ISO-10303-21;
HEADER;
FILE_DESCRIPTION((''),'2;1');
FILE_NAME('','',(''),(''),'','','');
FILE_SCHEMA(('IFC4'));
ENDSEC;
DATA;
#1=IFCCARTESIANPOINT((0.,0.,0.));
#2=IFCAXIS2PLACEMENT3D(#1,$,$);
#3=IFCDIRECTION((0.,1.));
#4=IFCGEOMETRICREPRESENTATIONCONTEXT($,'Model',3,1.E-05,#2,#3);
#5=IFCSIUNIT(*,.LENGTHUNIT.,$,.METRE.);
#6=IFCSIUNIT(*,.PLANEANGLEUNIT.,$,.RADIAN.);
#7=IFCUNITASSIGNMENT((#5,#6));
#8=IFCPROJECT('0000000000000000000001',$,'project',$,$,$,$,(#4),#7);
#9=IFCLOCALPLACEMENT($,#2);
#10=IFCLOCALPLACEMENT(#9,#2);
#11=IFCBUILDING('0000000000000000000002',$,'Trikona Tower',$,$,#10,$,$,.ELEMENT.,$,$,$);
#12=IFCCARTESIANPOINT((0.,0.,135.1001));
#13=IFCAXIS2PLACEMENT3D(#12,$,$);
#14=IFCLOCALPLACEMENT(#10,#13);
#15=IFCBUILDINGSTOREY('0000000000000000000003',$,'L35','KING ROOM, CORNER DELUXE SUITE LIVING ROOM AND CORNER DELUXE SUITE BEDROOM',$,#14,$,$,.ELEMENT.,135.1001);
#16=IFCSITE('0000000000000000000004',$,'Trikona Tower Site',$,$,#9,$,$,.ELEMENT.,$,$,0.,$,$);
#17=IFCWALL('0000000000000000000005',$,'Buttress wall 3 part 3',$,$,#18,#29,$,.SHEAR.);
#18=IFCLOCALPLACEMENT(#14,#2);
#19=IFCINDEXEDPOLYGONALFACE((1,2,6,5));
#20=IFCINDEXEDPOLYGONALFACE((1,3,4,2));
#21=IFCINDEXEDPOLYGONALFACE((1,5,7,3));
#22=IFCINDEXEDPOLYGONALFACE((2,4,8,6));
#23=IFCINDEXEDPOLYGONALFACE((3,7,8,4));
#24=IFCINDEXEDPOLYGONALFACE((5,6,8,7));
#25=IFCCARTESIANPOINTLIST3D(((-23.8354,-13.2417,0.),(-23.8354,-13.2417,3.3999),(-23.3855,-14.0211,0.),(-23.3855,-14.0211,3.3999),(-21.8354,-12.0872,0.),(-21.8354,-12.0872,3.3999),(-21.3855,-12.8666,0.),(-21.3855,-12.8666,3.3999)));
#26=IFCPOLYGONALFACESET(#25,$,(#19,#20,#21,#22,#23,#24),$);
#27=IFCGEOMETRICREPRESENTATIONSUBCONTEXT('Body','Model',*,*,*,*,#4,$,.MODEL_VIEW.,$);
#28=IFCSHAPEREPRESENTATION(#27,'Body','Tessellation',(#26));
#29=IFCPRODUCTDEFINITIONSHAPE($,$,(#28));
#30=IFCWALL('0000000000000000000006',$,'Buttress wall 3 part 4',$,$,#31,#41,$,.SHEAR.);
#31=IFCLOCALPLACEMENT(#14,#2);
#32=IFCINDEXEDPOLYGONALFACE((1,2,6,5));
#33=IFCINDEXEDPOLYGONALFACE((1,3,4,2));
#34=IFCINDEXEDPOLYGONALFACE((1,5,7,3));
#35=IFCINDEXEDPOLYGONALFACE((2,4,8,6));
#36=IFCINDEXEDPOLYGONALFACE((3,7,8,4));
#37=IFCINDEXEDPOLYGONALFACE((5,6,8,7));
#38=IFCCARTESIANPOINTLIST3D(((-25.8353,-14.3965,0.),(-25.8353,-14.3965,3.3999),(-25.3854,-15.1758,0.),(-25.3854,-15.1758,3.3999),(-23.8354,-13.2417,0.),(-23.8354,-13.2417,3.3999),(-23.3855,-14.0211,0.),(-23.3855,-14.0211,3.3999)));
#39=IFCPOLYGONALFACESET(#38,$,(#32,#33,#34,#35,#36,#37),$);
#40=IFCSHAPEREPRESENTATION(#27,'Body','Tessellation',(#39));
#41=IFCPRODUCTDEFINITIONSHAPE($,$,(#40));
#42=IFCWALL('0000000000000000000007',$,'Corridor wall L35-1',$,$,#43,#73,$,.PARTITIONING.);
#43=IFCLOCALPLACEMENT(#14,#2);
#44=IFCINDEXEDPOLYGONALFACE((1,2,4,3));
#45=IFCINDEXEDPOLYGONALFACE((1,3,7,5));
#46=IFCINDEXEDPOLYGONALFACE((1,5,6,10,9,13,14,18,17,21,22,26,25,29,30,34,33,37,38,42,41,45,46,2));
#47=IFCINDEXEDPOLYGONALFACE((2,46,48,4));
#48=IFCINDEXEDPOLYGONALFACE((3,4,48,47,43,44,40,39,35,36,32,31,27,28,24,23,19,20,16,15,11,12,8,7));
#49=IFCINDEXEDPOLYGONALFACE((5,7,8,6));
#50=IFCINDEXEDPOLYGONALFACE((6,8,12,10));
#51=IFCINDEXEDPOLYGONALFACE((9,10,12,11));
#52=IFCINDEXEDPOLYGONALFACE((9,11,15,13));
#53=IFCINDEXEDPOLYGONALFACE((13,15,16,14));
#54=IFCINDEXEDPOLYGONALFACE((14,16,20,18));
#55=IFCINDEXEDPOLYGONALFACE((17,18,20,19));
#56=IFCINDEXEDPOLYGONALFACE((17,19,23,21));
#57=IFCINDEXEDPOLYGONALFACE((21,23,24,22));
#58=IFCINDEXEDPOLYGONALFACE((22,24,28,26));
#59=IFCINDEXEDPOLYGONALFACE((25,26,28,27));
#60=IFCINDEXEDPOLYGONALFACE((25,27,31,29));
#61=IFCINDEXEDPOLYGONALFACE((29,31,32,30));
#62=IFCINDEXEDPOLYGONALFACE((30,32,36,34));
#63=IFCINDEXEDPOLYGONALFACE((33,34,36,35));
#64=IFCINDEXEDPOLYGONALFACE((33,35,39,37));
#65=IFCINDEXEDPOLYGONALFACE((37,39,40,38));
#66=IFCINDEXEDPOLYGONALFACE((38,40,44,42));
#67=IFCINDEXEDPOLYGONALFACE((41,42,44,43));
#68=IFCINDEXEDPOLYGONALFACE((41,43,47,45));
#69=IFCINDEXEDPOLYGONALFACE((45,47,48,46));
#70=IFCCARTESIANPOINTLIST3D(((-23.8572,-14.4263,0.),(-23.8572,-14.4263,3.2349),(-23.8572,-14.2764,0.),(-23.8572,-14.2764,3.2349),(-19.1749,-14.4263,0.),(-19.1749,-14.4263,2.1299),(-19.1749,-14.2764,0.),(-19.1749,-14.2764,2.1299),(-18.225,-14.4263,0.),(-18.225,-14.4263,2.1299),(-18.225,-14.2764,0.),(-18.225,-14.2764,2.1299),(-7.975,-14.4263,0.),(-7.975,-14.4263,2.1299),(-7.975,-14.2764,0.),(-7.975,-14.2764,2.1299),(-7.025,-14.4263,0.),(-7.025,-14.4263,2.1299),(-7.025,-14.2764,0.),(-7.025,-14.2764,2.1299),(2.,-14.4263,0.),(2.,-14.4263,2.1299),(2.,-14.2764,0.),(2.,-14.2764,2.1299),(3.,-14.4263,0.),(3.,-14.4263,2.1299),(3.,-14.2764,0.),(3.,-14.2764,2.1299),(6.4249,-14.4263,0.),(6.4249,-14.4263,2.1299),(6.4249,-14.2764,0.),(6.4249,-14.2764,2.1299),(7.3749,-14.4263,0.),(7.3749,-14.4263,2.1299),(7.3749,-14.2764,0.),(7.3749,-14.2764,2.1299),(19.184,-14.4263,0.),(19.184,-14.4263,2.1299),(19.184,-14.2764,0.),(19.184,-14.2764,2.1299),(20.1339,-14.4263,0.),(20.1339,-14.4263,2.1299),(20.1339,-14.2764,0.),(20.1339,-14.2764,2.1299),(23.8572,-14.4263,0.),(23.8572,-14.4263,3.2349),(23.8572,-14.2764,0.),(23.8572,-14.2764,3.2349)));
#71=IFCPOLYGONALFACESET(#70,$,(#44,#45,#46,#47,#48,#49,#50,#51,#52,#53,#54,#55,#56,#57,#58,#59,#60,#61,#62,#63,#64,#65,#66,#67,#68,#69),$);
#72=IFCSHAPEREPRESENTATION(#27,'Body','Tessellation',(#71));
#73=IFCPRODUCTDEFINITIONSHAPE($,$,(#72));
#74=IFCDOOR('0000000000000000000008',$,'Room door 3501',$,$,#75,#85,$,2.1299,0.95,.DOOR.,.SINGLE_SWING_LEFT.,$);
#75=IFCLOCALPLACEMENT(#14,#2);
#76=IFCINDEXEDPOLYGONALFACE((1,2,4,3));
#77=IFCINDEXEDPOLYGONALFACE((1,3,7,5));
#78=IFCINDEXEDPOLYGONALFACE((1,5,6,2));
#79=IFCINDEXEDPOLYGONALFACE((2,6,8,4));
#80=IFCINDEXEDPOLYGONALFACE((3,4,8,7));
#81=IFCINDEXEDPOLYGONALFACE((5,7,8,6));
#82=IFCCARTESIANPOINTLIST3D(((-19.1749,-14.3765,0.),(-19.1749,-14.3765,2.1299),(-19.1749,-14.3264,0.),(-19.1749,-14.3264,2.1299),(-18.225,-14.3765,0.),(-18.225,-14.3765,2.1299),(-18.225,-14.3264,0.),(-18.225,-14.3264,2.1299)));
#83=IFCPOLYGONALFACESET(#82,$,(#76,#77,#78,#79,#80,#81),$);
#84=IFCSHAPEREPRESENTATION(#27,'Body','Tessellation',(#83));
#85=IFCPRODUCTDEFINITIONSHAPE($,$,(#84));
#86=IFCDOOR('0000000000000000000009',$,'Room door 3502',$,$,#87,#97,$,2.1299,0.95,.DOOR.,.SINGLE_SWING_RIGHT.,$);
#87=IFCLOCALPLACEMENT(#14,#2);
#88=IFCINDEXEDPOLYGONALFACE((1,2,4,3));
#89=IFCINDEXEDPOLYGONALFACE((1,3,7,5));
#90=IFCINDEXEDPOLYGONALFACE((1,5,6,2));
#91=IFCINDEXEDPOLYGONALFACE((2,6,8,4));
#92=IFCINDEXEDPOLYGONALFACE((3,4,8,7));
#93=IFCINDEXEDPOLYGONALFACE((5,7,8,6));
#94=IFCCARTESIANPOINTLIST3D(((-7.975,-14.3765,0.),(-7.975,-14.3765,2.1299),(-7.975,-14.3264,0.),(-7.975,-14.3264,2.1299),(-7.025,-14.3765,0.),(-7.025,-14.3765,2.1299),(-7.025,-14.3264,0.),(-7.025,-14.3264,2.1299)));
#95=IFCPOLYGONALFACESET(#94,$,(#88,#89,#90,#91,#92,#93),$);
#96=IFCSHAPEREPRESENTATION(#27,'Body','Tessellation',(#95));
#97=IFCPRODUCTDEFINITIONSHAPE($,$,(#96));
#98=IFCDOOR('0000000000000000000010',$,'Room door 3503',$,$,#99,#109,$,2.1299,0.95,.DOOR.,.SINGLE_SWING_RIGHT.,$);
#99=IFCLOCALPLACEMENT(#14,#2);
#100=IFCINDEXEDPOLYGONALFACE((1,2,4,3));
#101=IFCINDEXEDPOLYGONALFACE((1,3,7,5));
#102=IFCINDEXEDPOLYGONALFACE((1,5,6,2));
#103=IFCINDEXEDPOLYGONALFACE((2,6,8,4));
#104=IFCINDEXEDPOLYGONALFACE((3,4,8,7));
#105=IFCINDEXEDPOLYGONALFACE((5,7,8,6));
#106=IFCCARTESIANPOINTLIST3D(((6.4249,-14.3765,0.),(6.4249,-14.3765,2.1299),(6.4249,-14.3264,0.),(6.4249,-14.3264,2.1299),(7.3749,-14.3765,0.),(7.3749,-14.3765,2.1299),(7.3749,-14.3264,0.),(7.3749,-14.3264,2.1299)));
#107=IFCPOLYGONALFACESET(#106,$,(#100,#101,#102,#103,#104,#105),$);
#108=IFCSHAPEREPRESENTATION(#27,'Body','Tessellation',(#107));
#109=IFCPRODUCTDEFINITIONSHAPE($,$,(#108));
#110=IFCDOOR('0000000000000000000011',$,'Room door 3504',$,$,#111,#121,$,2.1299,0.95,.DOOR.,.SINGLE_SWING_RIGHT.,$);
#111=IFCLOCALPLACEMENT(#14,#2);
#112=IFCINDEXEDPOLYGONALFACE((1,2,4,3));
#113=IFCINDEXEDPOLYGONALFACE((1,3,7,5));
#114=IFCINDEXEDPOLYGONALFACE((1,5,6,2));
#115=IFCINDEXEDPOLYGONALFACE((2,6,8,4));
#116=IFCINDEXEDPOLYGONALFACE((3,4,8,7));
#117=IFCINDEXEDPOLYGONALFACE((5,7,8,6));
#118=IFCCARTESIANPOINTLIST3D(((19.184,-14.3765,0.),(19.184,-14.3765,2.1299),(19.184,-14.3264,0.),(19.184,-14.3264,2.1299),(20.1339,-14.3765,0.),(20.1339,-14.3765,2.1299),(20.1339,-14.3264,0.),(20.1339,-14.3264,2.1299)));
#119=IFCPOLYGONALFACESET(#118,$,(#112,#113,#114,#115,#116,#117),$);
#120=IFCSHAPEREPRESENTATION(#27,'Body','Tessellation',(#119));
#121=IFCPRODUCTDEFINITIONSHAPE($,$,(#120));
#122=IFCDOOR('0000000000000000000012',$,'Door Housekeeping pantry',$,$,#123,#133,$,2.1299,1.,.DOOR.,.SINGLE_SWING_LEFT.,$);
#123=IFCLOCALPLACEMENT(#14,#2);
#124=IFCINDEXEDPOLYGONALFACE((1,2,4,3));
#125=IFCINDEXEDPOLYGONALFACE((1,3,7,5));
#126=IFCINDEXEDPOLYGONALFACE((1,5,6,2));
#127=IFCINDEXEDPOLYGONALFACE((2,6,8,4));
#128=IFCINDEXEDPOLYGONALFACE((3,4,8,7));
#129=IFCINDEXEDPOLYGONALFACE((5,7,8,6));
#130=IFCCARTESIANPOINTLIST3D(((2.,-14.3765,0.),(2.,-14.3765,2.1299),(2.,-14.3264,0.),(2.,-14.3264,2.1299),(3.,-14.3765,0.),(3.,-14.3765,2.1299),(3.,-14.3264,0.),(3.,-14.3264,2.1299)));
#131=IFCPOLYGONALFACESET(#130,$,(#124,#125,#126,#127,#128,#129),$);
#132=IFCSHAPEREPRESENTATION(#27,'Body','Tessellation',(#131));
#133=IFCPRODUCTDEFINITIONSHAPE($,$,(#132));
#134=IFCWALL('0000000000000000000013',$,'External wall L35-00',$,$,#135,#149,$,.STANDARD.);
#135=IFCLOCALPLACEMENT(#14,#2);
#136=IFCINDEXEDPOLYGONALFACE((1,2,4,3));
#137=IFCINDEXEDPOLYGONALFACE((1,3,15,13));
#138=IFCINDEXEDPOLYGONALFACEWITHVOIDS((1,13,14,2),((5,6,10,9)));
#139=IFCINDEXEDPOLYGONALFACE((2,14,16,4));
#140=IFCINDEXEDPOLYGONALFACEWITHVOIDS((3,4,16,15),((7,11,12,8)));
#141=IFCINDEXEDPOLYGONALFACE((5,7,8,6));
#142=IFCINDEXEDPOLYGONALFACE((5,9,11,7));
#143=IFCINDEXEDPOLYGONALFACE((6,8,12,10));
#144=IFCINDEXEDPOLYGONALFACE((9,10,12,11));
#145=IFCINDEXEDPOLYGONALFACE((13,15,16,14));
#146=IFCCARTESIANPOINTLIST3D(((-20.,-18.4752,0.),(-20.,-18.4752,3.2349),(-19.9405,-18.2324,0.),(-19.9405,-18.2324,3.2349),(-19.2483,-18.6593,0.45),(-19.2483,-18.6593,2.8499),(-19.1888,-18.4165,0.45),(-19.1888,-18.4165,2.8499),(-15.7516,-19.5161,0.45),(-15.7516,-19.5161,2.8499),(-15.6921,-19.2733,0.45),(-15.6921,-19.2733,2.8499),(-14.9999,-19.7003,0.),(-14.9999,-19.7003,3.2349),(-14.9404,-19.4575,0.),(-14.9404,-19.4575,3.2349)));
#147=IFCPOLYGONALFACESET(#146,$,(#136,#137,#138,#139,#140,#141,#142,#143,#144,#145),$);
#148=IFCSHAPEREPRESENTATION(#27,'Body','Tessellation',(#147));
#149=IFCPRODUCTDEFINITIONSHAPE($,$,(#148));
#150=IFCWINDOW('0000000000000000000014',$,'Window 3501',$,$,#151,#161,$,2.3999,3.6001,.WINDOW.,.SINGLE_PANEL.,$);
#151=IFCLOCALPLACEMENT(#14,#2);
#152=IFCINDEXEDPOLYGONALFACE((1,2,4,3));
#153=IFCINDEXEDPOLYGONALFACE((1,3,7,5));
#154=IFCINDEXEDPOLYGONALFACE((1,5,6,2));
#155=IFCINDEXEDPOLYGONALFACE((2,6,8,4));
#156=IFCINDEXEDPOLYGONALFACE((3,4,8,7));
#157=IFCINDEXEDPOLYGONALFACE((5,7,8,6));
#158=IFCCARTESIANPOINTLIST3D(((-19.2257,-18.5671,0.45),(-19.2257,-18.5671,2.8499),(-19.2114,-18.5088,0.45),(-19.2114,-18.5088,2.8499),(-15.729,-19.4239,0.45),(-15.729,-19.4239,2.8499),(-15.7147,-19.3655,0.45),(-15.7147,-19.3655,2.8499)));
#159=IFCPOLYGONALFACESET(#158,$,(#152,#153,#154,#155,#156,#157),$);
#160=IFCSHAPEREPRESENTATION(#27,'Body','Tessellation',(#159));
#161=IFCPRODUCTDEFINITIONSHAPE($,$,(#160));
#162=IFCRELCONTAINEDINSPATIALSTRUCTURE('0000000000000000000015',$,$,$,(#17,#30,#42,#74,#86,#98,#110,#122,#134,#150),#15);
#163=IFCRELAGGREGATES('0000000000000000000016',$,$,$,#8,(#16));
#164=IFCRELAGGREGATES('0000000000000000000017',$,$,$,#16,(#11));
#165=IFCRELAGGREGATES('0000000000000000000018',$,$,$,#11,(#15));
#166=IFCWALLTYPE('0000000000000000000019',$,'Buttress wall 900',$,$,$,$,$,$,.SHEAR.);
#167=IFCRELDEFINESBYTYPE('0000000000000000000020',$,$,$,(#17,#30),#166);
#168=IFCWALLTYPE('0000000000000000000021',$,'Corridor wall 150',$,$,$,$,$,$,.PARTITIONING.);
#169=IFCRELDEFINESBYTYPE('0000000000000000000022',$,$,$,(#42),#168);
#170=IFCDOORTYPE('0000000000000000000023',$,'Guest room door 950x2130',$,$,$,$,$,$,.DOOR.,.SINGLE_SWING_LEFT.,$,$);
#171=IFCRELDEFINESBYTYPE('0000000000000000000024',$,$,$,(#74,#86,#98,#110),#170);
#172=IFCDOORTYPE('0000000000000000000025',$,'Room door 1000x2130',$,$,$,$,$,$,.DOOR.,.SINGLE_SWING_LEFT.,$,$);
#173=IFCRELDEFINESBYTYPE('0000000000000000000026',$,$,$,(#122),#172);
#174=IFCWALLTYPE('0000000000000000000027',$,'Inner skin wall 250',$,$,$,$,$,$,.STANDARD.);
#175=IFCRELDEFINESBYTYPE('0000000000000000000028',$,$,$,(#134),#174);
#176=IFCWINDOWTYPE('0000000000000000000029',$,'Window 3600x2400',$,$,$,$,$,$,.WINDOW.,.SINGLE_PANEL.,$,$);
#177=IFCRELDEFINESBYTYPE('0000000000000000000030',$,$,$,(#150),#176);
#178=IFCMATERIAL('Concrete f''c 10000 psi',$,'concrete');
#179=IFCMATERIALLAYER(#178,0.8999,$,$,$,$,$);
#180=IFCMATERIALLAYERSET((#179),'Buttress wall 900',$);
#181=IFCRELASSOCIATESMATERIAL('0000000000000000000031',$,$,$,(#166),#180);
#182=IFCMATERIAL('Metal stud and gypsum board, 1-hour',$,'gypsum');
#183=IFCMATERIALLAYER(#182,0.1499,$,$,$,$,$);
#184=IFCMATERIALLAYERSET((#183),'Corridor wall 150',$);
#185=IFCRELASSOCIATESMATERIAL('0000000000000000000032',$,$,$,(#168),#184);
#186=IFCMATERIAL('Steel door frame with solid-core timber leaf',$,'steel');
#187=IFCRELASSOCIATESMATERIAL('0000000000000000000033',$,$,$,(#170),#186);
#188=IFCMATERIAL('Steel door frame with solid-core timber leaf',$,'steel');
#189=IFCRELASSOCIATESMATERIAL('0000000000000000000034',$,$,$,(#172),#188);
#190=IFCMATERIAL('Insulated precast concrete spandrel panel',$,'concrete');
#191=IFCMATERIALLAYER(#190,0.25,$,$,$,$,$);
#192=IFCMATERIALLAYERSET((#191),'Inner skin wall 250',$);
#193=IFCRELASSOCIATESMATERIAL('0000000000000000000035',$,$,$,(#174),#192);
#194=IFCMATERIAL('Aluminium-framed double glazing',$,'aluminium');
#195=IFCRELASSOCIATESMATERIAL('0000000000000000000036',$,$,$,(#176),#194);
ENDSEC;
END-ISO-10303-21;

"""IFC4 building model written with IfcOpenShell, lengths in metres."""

from ifc_helpers import new_model, si_unit, direction, frame, frame_2d, origin, place, context, subcontext, project, spatial, rectangle, extrude, material, layer, layer_set, type_object, element, fill, save


model = new_model("IFC4")

# Units and contexts
model_context = context("Model", 3, precision=1e-05, world=origin(), true_north=direction((0.0, 1.0)))
body_context = subcontext(model_context, "Body", "Model", "MODEL_VIEW")
ifc_project = project(units=[si_unit("LENGTHUNIT", "METRE"), si_unit("PLANEANGLEUNIT", "RADIAN")], contexts=[model_context])

# Site, building, storey
site_placement = place(None, origin())
site = spatial("IfcSite", under=ifc_project, at=site_placement, Name="Trikona Tower Site", CompositionType="ELEMENT", RefElevation=0.0)
building_placement = place(site_placement, origin())
building = spatial("IfcBuilding", under=site, at=building_placement, Name="Trikona Tower", CompositionType="ELEMENT")
storey_placement = place(building_placement, frame((0.0, 0.0, 135.1001)))
storey = spatial("IfcBuildingStorey", under=building, at=storey_placement, Name="L35", Description="KING ROOM, CORNER DELUXE SUITE LIVING ROOM AND CORNER DELUXE SUITE BEDROOM", CompositionType="ELEMENT", Elevation=135.1001)

# Walls
ifc_material_1 = material(Name="Concrete f'c 10000 psi", Category="concrete")
ifc_layer_1 = layer(ifc_material_1, 0.8999)
ifc_layer_set_1 = layer_set([ifc_layer_1], Name="Buttress wall 900")
wall_type_1 = type_object("IfcWallType", Name="Buttress wall 900", PredefinedType="SHEAR", material=ifc_layer_set_1)
for number, where, z_axis, x_axis, name in (
    (1, (-21.6104, -12.4768, 0.0), (0.0, 0.0, 1.0), (-0.866055, -0.499948, 0.0), "Buttress wall 3 part 3"),
    (2, (-23.6104, -13.6313, 0.0), (0.0, 0.0, 1.0), (-0.86601, -0.500027, 0.0), "Buttress wall 3 part 4"),
):
    element("IfcWall", number, at=place(storey_placement, frame(where, z_axis=z_axis, x_axis=x_axis)), inside=storey, type_object=wall_type_1, Name=name, PredefinedType="SHEAR", context=body_context, shape_type="SweptSolid", body=[
        extrude(rectangle(XDim=2.3093, YDim=0.8999, at=frame_2d((1.1548, 0.0))), origin(), (0.0, 0.0, 1.0), 3.3999),
    ])

# Wall, openings, doors
ifc_material_2 = material(Name="Metal stud and gypsum board, 1-hour", Category="gypsum")
ifc_layer_2 = layer(ifc_material_2, 0.1499)
ifc_layer_set_2 = layer_set([ifc_layer_2], Name="Corridor wall 150")
wall_type_2 = type_object("IfcWallType", Name="Corridor wall 150", PredefinedType="PARTITIONING", material=ifc_layer_set_2)
wall_1_placement = place(storey_placement, frame((-23.8572, -14.3513, 0.0), z_axis=(0.0, 0.0, 1.0), x_axis=(1.0, 0.0, 0.0)))
wall_1 = element("IfcWall", 3, at=wall_1_placement, inside=storey, type_object=wall_type_2, Name="Corridor wall L35-1", PredefinedType="PARTITIONING", context=body_context, shape_type="SweptSolid", body=[
    extrude(rectangle(XDim=47.7144, YDim=0.1499, at=frame_2d((23.8572, 0.0))), origin(), (0.0, 0.0, 1.0), 3.2349),
])
opening_1_placement = place(wall_1_placement, frame((4.6821, 0.0, 0.0)))
opening_1 = element("IfcOpeningElement", 4, at=opening_1_placement, cuts=wall_1, PredefinedType="OPENING", context=body_context, shape_type="SweptSolid", body=[
    extrude(rectangle(XDim=0.95, YDim=2.1299, at=frame_2d((0.4751, 1.0649))), frame((0.0, 0.085, 0.0), z_axis=(0.0, -1.0, 0.0), x_axis=(1.0, 0.0, 0.0)), (0.0, 0.0, 1.0), 0.1699),
])
opening_2_placement = place(wall_1_placement, frame((15.8821, 0.0, 0.0)))
opening_2 = element("IfcOpeningElement", 5, at=opening_2_placement, cuts=wall_1, PredefinedType="OPENING", context=body_context, shape_type="SweptSolid", body=[
    extrude(rectangle(XDim=0.95, YDim=2.1299, at=frame_2d((0.4751, 1.0649))), frame((0.0, 0.085, 0.0), z_axis=(0.0, -1.0, 0.0), x_axis=(1.0, 0.0, 0.0)), (0.0, 0.0, 1.0), 0.1699),
])
opening_3_placement = place(wall_1_placement, frame((25.8572, 0.0, 0.0)))
opening_3 = element("IfcOpeningElement", 6, at=opening_3_placement, cuts=wall_1, PredefinedType="OPENING", context=body_context, shape_type="SweptSolid", body=[
    extrude(rectangle(XDim=1.0, YDim=2.1299, at=frame_2d((0.5, 1.0649))), frame((0.0, 0.085, 0.0), z_axis=(0.0, -1.0, 0.0), x_axis=(1.0, 0.0, 0.0)), (0.0, 0.0, 1.0), 0.1699),
])
opening_4_placement = place(wall_1_placement, frame((30.282, 0.0, 0.0)))
opening_4 = element("IfcOpeningElement", 7, at=opening_4_placement, cuts=wall_1, PredefinedType="OPENING", context=body_context, shape_type="SweptSolid", body=[
    extrude(rectangle(XDim=0.95, YDim=2.1299, at=frame_2d((0.4751, 1.0649))), frame((0.0, 0.085, 0.0), z_axis=(0.0, -1.0, 0.0), x_axis=(1.0, 0.0, 0.0)), (0.0, 0.0, 1.0), 0.1699),
])
opening_5_placement = place(wall_1_placement, frame((43.041, 0.0, 0.0)))
opening_5 = element("IfcOpeningElement", 8, at=opening_5_placement, cuts=wall_1, PredefinedType="OPENING", context=body_context, shape_type="SweptSolid", body=[
    extrude(rectangle(XDim=0.95, YDim=2.1299, at=frame_2d((0.4751, 1.0649))), frame((0.0, 0.085, 0.0), z_axis=(0.0, -1.0, 0.0), x_axis=(1.0, 0.0, 0.0)), (0.0, 0.0, 1.0), 0.1699),
])
ifc_material_3 = material(Name="Steel door frame with solid-core timber leaf", Category="steel")
door_type_1 = type_object("IfcDoorType", Name="Guest room door 950x2130", OperationType="SINGLE_SWING_LEFT", PredefinedType="DOOR", material=ifc_material_3)
door_1_placement = place(opening_1_placement, origin())
door_1 = element("IfcDoor", 9, at=door_1_placement, inside=storey, type_object=door_type_1, Name="Room door 3501", OperationType="SINGLE_SWING_LEFT", OverallHeight=2.1299, OverallWidth=0.95, PredefinedType="DOOR", context=body_context, shape_type="SweptSolid", body=[
    extrude(rectangle(XDim=0.95, YDim=2.1299, at=frame_2d((0.4751, 1.0649))), frame((0.0, 0.0249, 0.0), z_axis=(0.0, -1.0, 0.0), x_axis=(1.0, 0.0, 0.0)), (0.0, 0.0, 1.0), 0.05),
])
fill(opening_1, door_1)
door_2_placement = place(opening_2_placement, origin())
door_2 = element("IfcDoor", 10, at=door_2_placement, inside=storey, type_object=door_type_1, Name="Room door 3502", OperationType="SINGLE_SWING_RIGHT", OverallHeight=2.1299, OverallWidth=0.95, PredefinedType="DOOR", context=body_context, shape_type="SweptSolid", body=[
    extrude(rectangle(XDim=0.95, YDim=2.1299, at=frame_2d((0.4751, 1.0649))), frame((0.0, 0.0249, 0.0), z_axis=(0.0, -1.0, 0.0), x_axis=(1.0, 0.0, 0.0)), (0.0, 0.0, 1.0), 0.05),
])
fill(opening_2, door_2)
door_3_placement = place(opening_4_placement, origin())
door_3 = element("IfcDoor", 11, at=door_3_placement, inside=storey, type_object=door_type_1, Name="Room door 3503", OperationType="SINGLE_SWING_RIGHT", OverallHeight=2.1299, OverallWidth=0.95, PredefinedType="DOOR", context=body_context, shape_type="SweptSolid", body=[
    extrude(rectangle(XDim=0.95, YDim=2.1299, at=frame_2d((0.4751, 1.0649))), frame((0.0, 0.0249, 0.0), z_axis=(0.0, -1.0, 0.0), x_axis=(1.0, 0.0, 0.0)), (0.0, 0.0, 1.0), 0.05),
])
fill(opening_4, door_3)
door_4_placement = place(opening_5_placement, origin())
door_4 = element("IfcDoor", 12, at=door_4_placement, inside=storey, type_object=door_type_1, Name="Room door 3504", OperationType="SINGLE_SWING_RIGHT", OverallHeight=2.1299, OverallWidth=0.95, PredefinedType="DOOR", context=body_context, shape_type="SweptSolid", body=[
    extrude(rectangle(XDim=0.95, YDim=2.1299, at=frame_2d((0.4751, 1.0649))), frame((0.0, 0.0249, 0.0), z_axis=(0.0, -1.0, 0.0), x_axis=(1.0, 0.0, 0.0)), (0.0, 0.0, 1.0), 0.05),
])
fill(opening_5, door_4)
ifc_material_4 = material(Name="Steel door frame with solid-core timber leaf", Category="steel")
door_type_2 = type_object("IfcDoorType", Name="Room door 1000x2130", OperationType="SINGLE_SWING_LEFT", PredefinedType="DOOR", material=ifc_material_4)
door_5_placement = place(opening_3_placement, origin())
door_5 = element("IfcDoor", 13, at=door_5_placement, inside=storey, type_object=door_type_2, Name="Door Housekeeping pantry", OperationType="SINGLE_SWING_LEFT", OverallHeight=2.1299, OverallWidth=1.0, PredefinedType="DOOR", context=body_context, shape_type="SweptSolid", body=[
    extrude(rectangle(XDim=1.0, YDim=2.1299, at=frame_2d((0.5, 1.0649))), frame((0.0, 0.0249, 0.0), z_axis=(0.0, -1.0, 0.0), x_axis=(1.0, 0.0, 0.0)), (0.0, 0.0, 1.0), 0.05),
])
fill(opening_3, door_5)

# Wall, opening, window
ifc_material_5 = material(Name="Insulated precast concrete spandrel panel", Category="concrete")
ifc_layer_3 = layer(ifc_material_5, 0.25)
ifc_layer_set_3 = layer_set([ifc_layer_3], Name="Inner skin wall 250")
wall_type_3 = type_object("IfcWallType", Name="Inner skin wall 250", PredefinedType="STANDARD", material=ifc_layer_set_3)
wall_2_placement = place(storey_placement, frame((-19.9702, -18.3538, 0.0), z_axis=(0.0, 0.0, 1.0), x_axis=(0.97127, -0.23798, 0.0)))
wall_2 = element("IfcWall", 14, at=wall_2_placement, inside=storey, type_object=wall_type_3, Name="External wall L35-00", PredefinedType="STANDARD", context=body_context, shape_type="SweptSolid", body=[
    extrude(rectangle(XDim=5.1479, YDim=0.25, at=frame_2d((2.574, 0.0))), origin(), (0.0, 0.0, 1.0), 3.2349),
])
opening_6_placement = place(wall_2_placement, frame((0.7739, 0.0, 0.45)))
opening_6 = element("IfcOpeningElement", 15, at=opening_6_placement, cuts=wall_2, PredefinedType="OPENING", context=body_context, shape_type="SweptSolid", body=[
    extrude(rectangle(XDim=3.6001, YDim=2.3999, at=frame_2d((1.8, 1.2))), frame((0.0, 0.135, 0.0), z_axis=(0.0, -1.0, 0.0), x_axis=(1.0, 0.0, 0.0)), (0.0, 0.0, 1.0), 0.27),
])
ifc_material_6 = material(Name="Aluminium-framed double glazing", Category="aluminium")
window_type_1 = type_object("IfcWindowType", Name="Window 3600x2400", PartitioningType="SINGLE_PANEL", PredefinedType="WINDOW", material=ifc_material_6)
window_1_placement = place(opening_6_placement, origin())
window_1 = element("IfcWindow", 16, at=window_1_placement, inside=storey, type_object=window_type_1, Name="Window 3501", OverallHeight=2.3999, OverallWidth=3.6001, PartitioningType="SINGLE_PANEL", PredefinedType="WINDOW", context=body_context, shape_type="SweptSolid", body=[
    extrude(rectangle(XDim=3.6001, YDim=2.3999, at=frame_2d((1.8, 1.2))), frame((0.0, 0.03, 0.0), z_axis=(0.0, -1.0, 0.0), x_axis=(1.0, 0.0, 0.0)), (0.0, 0.0, 1.0), 0.0601),
])
fill(opening_6, window_1)

save(model, "model.ifc")
